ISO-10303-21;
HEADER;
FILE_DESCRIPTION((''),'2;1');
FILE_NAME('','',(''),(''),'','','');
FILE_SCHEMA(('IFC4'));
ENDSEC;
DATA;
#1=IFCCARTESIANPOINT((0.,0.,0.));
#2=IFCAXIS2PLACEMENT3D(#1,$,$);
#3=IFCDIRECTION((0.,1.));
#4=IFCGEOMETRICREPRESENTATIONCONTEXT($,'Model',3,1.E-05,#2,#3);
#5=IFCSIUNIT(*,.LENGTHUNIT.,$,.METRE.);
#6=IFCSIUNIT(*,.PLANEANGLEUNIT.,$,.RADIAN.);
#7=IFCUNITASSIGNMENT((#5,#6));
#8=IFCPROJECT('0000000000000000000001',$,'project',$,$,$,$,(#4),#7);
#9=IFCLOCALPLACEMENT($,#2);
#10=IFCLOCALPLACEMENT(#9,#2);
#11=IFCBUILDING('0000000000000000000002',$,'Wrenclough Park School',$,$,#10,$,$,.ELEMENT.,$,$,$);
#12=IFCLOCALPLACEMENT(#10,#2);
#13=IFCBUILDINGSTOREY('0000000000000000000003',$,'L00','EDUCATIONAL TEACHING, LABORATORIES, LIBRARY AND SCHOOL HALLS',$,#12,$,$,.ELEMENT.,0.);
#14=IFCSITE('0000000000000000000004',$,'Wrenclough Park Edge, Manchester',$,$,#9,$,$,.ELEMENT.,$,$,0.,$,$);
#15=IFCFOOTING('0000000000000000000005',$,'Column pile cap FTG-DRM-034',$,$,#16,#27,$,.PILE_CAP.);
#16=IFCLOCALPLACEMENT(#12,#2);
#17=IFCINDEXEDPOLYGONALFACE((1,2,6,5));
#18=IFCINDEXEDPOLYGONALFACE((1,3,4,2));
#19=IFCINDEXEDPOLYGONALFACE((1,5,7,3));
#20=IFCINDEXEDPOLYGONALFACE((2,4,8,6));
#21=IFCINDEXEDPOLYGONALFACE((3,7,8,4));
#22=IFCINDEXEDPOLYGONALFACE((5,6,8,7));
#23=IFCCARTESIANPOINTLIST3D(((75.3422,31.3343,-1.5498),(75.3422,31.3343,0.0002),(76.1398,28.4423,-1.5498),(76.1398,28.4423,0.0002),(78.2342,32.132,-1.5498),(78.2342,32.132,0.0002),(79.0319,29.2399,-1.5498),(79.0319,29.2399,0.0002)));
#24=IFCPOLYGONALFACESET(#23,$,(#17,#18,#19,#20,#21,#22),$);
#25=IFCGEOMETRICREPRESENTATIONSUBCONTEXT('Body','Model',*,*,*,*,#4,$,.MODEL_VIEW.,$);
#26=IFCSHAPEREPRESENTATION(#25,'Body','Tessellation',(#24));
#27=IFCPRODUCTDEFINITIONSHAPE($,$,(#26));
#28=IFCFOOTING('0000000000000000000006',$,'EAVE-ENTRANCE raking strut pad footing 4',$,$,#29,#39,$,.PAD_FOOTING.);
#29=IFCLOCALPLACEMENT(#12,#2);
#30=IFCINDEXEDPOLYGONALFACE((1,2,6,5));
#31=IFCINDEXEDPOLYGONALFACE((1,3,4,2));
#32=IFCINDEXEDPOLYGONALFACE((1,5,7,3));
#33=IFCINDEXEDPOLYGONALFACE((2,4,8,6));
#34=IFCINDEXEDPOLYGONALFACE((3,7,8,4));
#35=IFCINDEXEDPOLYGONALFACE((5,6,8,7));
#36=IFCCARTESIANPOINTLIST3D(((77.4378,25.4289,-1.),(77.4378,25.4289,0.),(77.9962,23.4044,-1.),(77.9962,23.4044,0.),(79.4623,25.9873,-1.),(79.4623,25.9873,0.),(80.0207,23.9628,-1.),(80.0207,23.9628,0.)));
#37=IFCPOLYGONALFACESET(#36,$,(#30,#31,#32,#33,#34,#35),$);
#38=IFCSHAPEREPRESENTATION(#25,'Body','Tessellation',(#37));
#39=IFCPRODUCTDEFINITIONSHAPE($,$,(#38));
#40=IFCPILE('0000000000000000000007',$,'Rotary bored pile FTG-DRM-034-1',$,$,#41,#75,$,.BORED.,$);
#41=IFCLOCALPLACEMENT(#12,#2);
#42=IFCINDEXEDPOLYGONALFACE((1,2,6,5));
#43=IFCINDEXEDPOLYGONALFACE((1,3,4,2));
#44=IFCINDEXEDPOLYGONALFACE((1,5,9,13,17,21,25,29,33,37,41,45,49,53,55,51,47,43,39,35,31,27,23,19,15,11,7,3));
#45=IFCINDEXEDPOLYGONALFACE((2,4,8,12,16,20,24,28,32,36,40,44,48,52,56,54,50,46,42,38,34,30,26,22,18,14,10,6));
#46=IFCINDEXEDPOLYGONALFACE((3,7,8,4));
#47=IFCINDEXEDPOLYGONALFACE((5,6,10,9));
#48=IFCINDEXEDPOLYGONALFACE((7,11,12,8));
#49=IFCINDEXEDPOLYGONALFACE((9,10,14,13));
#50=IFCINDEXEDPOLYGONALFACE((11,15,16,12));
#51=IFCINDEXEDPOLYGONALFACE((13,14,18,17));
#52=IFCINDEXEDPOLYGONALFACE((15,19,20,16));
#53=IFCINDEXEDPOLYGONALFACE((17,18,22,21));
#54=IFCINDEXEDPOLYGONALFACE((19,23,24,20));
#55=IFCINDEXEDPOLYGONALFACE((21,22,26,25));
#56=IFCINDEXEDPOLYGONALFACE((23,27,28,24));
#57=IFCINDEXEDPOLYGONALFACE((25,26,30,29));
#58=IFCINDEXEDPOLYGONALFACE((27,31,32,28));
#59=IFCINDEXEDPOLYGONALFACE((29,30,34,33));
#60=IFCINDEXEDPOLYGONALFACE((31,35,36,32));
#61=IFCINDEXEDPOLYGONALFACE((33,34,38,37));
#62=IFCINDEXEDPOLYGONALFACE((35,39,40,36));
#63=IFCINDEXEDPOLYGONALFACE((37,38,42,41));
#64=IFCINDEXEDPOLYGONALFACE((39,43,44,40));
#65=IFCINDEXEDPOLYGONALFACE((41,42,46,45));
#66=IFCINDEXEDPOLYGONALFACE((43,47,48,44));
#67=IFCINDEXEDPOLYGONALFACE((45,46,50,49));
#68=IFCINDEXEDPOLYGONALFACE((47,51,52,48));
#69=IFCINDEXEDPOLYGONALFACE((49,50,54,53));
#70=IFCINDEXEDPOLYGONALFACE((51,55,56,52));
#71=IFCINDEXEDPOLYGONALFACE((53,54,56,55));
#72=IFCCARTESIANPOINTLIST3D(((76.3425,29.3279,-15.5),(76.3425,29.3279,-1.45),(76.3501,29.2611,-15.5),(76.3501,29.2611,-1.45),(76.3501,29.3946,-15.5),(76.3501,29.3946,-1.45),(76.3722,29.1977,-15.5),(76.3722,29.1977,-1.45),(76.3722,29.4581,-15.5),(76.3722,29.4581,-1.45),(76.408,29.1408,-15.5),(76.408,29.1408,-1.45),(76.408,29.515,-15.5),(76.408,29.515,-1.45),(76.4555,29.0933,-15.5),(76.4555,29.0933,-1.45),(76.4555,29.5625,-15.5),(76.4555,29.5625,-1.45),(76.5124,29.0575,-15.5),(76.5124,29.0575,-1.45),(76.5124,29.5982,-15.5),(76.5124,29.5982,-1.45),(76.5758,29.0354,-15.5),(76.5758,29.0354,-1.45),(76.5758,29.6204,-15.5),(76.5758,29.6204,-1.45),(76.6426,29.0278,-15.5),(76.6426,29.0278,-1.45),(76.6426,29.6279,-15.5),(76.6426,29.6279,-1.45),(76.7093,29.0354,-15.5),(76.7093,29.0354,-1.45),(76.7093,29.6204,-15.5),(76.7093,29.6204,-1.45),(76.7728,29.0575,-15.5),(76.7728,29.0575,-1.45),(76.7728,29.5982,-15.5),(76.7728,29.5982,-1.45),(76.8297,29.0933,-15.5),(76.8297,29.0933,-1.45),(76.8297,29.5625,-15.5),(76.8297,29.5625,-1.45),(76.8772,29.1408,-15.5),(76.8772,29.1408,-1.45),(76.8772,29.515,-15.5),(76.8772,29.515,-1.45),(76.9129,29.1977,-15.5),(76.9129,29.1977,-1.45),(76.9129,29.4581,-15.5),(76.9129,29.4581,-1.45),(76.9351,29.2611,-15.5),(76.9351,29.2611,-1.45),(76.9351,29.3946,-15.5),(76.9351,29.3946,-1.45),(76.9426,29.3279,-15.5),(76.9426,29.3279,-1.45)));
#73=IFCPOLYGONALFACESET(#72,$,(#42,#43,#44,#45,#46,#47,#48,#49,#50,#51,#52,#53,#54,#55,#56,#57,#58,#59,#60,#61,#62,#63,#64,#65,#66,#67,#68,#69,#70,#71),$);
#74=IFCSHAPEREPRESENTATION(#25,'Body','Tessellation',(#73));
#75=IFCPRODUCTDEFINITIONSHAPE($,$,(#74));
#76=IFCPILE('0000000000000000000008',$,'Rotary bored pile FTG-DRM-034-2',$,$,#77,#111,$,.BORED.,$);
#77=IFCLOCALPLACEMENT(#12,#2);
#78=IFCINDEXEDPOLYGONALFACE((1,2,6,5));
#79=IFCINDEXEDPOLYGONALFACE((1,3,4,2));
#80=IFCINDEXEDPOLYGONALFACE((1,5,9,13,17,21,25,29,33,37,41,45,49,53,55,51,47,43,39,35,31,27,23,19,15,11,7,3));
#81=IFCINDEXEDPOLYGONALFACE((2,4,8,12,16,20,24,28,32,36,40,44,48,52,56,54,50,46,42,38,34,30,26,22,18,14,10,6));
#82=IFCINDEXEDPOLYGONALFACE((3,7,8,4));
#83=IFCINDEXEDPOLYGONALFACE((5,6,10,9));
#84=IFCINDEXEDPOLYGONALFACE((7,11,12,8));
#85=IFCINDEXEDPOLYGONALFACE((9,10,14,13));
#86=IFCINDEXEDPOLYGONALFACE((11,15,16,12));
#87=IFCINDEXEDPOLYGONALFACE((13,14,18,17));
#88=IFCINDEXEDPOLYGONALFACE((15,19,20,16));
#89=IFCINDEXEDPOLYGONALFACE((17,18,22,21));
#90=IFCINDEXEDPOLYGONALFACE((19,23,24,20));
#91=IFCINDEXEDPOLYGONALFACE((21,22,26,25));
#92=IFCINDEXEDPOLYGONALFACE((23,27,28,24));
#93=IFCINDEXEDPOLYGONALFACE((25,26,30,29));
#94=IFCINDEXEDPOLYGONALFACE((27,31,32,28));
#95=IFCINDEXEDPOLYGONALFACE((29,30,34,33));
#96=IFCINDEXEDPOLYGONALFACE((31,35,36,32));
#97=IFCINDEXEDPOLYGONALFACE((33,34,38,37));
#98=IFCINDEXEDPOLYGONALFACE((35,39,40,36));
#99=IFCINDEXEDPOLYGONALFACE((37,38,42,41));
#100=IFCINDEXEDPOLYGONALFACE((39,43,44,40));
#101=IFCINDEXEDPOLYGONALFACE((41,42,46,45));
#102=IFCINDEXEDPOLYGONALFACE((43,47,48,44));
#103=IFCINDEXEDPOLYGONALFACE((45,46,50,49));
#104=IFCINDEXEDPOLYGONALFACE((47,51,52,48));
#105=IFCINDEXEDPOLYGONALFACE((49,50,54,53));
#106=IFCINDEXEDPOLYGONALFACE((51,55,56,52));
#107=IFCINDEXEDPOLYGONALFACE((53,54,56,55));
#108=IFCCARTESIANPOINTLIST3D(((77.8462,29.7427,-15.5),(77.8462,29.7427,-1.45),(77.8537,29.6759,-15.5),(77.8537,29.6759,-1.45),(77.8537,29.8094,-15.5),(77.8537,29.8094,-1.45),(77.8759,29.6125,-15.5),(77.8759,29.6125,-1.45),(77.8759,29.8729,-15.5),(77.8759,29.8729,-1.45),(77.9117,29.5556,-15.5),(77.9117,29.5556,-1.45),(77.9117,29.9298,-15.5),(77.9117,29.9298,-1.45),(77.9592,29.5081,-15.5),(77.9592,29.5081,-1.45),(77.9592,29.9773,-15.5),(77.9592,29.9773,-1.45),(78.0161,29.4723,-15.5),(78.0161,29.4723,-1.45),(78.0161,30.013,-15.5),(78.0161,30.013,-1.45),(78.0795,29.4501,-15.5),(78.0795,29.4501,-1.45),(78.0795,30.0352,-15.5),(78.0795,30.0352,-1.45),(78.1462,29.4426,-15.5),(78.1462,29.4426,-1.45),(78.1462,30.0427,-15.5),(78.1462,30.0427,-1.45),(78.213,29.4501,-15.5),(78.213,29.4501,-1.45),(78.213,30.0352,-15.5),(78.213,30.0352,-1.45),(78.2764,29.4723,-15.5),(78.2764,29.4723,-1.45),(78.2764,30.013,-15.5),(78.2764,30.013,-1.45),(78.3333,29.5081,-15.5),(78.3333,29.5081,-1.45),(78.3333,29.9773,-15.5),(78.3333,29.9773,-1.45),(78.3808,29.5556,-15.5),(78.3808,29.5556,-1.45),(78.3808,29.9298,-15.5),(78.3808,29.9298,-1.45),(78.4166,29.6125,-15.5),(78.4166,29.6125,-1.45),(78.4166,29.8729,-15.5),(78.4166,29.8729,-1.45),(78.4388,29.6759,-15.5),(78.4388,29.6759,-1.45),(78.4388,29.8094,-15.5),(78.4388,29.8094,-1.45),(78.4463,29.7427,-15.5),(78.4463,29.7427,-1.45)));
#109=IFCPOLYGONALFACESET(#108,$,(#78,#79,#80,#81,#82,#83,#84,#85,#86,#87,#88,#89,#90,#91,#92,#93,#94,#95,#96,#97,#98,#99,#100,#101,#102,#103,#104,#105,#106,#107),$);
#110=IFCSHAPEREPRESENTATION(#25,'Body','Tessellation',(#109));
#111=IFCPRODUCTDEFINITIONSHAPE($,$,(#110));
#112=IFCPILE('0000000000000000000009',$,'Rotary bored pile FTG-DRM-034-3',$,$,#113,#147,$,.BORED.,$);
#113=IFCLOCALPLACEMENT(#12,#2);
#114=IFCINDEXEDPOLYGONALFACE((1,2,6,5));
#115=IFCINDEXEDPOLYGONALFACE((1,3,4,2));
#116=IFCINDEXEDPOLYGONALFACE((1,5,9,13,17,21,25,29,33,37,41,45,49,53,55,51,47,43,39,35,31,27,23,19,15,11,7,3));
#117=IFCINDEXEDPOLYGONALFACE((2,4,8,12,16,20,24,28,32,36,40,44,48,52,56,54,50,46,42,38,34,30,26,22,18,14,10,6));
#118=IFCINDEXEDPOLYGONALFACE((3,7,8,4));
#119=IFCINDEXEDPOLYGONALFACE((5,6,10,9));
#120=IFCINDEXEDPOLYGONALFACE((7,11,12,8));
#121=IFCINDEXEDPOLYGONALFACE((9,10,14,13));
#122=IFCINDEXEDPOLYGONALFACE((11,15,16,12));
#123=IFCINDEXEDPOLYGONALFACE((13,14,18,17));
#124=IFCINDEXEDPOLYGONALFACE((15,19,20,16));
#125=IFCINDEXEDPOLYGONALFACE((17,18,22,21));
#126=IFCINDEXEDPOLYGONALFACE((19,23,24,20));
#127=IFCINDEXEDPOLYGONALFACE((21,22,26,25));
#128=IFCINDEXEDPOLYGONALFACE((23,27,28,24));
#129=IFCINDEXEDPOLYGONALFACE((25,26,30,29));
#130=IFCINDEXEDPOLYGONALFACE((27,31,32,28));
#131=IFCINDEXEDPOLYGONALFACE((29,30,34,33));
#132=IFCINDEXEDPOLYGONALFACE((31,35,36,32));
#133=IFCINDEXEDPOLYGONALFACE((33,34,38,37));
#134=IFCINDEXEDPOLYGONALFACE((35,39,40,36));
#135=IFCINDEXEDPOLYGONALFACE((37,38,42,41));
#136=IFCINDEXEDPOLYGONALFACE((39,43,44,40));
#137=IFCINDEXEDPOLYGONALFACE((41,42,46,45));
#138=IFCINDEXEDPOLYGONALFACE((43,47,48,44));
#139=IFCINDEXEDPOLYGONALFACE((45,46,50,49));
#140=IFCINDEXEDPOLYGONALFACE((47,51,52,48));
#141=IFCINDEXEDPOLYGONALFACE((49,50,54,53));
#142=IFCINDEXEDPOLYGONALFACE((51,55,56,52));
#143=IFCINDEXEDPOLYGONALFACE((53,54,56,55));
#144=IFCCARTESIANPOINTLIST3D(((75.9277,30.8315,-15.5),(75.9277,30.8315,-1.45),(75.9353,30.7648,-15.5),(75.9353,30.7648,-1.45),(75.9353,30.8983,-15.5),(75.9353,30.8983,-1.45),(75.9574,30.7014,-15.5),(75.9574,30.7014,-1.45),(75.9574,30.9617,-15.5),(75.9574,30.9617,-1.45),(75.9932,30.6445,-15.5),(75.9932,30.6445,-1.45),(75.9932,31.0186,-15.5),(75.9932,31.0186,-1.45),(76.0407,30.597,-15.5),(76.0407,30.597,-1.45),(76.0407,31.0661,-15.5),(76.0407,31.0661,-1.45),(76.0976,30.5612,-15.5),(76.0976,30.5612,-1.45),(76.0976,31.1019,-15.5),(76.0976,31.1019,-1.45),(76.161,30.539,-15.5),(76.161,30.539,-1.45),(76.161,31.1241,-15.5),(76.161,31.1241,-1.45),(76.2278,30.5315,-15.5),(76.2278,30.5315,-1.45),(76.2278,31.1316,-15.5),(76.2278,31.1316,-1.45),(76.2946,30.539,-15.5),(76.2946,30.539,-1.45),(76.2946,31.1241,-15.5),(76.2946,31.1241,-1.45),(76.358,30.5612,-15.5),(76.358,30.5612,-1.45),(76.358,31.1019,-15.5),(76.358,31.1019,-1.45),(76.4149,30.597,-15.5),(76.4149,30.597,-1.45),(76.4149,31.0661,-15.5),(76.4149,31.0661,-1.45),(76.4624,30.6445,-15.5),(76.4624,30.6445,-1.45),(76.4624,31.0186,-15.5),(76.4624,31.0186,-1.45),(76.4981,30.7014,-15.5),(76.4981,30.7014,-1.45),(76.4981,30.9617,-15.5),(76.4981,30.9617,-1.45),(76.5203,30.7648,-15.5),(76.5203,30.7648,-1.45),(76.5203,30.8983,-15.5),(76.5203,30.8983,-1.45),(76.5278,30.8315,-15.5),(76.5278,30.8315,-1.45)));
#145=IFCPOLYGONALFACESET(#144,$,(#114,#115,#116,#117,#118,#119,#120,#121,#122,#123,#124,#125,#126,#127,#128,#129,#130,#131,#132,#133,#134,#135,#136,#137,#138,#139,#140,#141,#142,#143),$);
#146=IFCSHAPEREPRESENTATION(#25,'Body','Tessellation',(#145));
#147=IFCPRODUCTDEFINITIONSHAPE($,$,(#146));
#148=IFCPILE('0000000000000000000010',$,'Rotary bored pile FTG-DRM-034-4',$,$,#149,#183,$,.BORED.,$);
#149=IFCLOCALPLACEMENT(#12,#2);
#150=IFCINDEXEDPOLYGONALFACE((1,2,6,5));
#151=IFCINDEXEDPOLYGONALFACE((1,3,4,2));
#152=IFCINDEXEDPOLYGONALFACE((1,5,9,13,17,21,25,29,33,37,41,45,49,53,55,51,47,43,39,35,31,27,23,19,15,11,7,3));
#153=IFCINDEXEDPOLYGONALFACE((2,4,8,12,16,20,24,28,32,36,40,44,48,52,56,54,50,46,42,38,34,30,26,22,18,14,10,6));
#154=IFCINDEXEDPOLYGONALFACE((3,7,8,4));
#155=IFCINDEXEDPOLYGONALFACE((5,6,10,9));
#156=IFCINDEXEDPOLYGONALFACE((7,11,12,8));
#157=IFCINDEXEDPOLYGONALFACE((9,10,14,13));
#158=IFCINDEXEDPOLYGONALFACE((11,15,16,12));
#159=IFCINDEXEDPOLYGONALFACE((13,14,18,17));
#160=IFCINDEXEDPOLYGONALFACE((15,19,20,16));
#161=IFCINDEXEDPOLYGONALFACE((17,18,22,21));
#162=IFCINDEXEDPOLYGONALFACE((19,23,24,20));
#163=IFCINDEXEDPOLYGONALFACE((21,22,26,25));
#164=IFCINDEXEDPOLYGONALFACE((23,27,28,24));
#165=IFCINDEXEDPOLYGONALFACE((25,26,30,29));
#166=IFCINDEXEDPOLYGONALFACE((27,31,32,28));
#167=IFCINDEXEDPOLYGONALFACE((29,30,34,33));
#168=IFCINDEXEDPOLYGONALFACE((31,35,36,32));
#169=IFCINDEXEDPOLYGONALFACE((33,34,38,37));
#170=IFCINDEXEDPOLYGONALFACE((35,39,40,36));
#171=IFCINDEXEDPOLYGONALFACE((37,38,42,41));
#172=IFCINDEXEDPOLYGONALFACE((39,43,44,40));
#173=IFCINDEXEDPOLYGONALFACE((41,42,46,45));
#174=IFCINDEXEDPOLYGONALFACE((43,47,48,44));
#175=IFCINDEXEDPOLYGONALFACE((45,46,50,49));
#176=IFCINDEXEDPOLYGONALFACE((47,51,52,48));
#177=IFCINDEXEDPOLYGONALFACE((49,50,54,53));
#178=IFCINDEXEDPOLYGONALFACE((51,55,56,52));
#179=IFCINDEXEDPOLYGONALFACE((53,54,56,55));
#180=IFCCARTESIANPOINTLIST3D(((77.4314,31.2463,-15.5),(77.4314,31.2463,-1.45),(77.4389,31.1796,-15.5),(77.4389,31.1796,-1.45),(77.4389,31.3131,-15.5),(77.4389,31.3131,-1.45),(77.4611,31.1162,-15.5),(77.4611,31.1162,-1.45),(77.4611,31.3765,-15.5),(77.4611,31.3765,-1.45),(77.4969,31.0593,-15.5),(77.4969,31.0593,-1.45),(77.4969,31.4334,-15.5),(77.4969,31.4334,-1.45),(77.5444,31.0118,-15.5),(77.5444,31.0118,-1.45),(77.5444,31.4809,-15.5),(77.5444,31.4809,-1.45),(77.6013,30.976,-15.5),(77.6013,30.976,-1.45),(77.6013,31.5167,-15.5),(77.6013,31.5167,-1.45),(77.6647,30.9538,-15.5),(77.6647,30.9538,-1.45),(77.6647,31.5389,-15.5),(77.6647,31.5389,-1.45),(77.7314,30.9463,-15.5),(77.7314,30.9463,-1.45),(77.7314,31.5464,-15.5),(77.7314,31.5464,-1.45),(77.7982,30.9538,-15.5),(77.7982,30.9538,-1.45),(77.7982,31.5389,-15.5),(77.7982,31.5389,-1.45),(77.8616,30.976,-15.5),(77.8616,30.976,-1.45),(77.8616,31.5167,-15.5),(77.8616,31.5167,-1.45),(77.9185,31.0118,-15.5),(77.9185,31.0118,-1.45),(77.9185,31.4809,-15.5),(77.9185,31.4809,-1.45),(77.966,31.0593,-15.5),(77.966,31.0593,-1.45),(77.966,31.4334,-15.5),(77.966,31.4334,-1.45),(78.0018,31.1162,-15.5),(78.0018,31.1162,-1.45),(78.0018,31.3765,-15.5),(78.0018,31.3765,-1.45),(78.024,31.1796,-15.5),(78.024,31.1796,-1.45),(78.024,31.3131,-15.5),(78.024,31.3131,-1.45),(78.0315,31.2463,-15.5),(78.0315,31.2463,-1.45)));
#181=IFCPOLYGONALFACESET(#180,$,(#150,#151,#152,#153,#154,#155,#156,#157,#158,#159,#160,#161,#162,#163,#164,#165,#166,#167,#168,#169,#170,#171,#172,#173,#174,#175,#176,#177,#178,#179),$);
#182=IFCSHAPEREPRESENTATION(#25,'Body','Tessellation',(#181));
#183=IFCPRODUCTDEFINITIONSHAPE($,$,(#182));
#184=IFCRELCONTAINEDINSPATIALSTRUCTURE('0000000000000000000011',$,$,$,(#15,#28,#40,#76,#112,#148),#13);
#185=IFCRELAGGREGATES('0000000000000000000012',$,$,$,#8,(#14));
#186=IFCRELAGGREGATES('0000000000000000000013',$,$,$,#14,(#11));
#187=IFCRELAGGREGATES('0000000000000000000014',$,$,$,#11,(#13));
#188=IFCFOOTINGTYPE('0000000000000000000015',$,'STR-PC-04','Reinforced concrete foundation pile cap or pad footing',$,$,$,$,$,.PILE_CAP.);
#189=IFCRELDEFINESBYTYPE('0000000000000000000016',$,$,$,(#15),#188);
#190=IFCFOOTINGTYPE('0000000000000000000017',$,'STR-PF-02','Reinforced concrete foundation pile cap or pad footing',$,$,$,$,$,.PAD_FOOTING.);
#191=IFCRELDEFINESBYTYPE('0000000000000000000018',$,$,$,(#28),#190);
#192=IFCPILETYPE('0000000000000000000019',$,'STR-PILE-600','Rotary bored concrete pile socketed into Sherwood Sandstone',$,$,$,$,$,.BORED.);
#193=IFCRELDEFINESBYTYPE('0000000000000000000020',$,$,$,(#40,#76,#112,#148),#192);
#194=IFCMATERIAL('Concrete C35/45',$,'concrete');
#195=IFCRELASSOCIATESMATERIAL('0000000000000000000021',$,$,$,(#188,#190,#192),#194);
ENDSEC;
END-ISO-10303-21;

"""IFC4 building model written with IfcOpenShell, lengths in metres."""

from ifc_helpers import new_model, si_unit, direction, frame, origin, origin_2d, place, context, subcontext, project, spatial, rectangle, circle, extrude, material, material_profile, profile_set, type_object, element, save


model = new_model("IFC4")

# Units and contexts
model_context = context("Model", 3, precision=1e-05, world=origin(), true_north=direction((0.0, 1.0)))
body_context = subcontext(model_context, "Body", "Model", "MODEL_VIEW")
ifc_project = project(units=[si_unit("LENGTHUNIT", "METRE"), si_unit("PLANEANGLEUNIT", "RADIAN")], contexts=[model_context])

# Site, building, storey
site_placement = place(None, origin())
site = spatial("IfcSite", under=ifc_project, at=site_placement, Name="Wrenclough Park Edge, Manchester", CompositionType="ELEMENT", RefElevation=0.0)
building_placement = place(site_placement, origin())
building = spatial("IfcBuilding", under=site, at=building_placement, Name="Wrenclough Park School", CompositionType="ELEMENT")
storey_placement = place(building_placement, origin())
storey = spatial("IfcBuildingStorey", under=building, at=storey_placement, Name="L00", Description="EDUCATIONAL TEACHING, LABORATORIES, LIBRARY AND SCHOOL HALLS", CompositionType="ELEMENT", Elevation=0.0)

# Footings
ifc_material_1 = material(Name="Concrete C35/45", Category="concrete")
footing_type_1 = type_object("IfcFootingType", Name="STR-PC-04", Description="Reinforced concrete foundation pile cap or pad footing", PredefinedType="PILE_CAP", material=ifc_material_1)
footing_1_placement = place(storey_placement, frame((77.187, 30.2871, -1.5498), z_axis=(0.0, 0.0, 1.0), x_axis=(0.964003, 0.265893, 0.0)))
element("IfcFooting", 1, at=footing_1_placement, inside=storey, type_object=footing_type_1, Name="Column pile cap FTG-DRM-034", PredefinedType="PILE_CAP", context=body_context, shape_type="SweptSolid", body=[
    extrude(rectangle(XDim=3.0, YDim=3.0, at=origin_2d()), origin(), (0.0, 0.0, 1.0), 1.55),
])
footing_type_2 = type_object("IfcFootingType", Name="STR-PF-02", Description="Reinforced concrete foundation pile cap or pad footing", PredefinedType="PAD_FOOTING", material=ifc_material_1)
footing_2_placement = place(storey_placement, frame((78.7292, 24.6958, -1.0), z_axis=(0.0, 0.0, 1.0), x_axis=(0.964003, 0.265893, 0.0)))
element("IfcFooting", 2, at=footing_2_placement, inside=storey, type_object=footing_type_2, Name="EAVE-ENTRANCE raking strut pad footing 4", PredefinedType="PAD_FOOTING", context=body_context, shape_type="SweptSolid", body=[
    extrude(rectangle(XDim=2.1001, YDim=2.1001, at=origin_2d()), origin(), (0.0, 0.0, 1.0), 1.0),
])

# Piles
ifc_material_profile_1 = material_profile(ifc_material_1, circle(Radius=0.3, at=origin_2d()), Name="BORED PILE D600")
ifc_profile_set_1 = profile_set([ifc_material_profile_1], Name="Concrete C35/45")
pile_type = type_object("IfcPileType", Name="STR-PILE-600", Description="Rotary bored concrete pile socketed into Sherwood Sandstone", PredefinedType="BORED", material=ifc_profile_set_1)
for number, where, z_axis, x_axis, name in (
    (3, (76.6426, 29.3279, -1.45), (0.0, 0.0, -1.0), (1.0, 0.0, 0.0), "Rotary bored pile FTG-DRM-034-1"),
    (4, (78.1462, 29.7427, -1.45), (0.0, 0.0, -1.0), (1.0, 0.0, 0.0), "Rotary bored pile FTG-DRM-034-2"),
    (5, (76.2278, 30.8315, -1.45), (0.0, 0.0, -1.0), (1.0, 0.0, 0.0), "Rotary bored pile FTG-DRM-034-3"),
    (6, (77.7314, 31.2463, -1.45), (0.0, 0.0, -1.0), (1.0, 0.0, 0.0), "Rotary bored pile FTG-DRM-034-4"),
):
    element("IfcPile", number, at=place(storey_placement, frame(where, z_axis=z_axis, x_axis=x_axis)), inside=storey, type_object=pile_type, Name=name, PredefinedType="BORED", context=body_context, shape_type="SweptSolid", body=[
        extrude(circle(Radius=0.3, at=origin_2d()), origin(), (0.0, 0.0, 1.0), 14.05),
    ])

save(model, "model.ifc")
